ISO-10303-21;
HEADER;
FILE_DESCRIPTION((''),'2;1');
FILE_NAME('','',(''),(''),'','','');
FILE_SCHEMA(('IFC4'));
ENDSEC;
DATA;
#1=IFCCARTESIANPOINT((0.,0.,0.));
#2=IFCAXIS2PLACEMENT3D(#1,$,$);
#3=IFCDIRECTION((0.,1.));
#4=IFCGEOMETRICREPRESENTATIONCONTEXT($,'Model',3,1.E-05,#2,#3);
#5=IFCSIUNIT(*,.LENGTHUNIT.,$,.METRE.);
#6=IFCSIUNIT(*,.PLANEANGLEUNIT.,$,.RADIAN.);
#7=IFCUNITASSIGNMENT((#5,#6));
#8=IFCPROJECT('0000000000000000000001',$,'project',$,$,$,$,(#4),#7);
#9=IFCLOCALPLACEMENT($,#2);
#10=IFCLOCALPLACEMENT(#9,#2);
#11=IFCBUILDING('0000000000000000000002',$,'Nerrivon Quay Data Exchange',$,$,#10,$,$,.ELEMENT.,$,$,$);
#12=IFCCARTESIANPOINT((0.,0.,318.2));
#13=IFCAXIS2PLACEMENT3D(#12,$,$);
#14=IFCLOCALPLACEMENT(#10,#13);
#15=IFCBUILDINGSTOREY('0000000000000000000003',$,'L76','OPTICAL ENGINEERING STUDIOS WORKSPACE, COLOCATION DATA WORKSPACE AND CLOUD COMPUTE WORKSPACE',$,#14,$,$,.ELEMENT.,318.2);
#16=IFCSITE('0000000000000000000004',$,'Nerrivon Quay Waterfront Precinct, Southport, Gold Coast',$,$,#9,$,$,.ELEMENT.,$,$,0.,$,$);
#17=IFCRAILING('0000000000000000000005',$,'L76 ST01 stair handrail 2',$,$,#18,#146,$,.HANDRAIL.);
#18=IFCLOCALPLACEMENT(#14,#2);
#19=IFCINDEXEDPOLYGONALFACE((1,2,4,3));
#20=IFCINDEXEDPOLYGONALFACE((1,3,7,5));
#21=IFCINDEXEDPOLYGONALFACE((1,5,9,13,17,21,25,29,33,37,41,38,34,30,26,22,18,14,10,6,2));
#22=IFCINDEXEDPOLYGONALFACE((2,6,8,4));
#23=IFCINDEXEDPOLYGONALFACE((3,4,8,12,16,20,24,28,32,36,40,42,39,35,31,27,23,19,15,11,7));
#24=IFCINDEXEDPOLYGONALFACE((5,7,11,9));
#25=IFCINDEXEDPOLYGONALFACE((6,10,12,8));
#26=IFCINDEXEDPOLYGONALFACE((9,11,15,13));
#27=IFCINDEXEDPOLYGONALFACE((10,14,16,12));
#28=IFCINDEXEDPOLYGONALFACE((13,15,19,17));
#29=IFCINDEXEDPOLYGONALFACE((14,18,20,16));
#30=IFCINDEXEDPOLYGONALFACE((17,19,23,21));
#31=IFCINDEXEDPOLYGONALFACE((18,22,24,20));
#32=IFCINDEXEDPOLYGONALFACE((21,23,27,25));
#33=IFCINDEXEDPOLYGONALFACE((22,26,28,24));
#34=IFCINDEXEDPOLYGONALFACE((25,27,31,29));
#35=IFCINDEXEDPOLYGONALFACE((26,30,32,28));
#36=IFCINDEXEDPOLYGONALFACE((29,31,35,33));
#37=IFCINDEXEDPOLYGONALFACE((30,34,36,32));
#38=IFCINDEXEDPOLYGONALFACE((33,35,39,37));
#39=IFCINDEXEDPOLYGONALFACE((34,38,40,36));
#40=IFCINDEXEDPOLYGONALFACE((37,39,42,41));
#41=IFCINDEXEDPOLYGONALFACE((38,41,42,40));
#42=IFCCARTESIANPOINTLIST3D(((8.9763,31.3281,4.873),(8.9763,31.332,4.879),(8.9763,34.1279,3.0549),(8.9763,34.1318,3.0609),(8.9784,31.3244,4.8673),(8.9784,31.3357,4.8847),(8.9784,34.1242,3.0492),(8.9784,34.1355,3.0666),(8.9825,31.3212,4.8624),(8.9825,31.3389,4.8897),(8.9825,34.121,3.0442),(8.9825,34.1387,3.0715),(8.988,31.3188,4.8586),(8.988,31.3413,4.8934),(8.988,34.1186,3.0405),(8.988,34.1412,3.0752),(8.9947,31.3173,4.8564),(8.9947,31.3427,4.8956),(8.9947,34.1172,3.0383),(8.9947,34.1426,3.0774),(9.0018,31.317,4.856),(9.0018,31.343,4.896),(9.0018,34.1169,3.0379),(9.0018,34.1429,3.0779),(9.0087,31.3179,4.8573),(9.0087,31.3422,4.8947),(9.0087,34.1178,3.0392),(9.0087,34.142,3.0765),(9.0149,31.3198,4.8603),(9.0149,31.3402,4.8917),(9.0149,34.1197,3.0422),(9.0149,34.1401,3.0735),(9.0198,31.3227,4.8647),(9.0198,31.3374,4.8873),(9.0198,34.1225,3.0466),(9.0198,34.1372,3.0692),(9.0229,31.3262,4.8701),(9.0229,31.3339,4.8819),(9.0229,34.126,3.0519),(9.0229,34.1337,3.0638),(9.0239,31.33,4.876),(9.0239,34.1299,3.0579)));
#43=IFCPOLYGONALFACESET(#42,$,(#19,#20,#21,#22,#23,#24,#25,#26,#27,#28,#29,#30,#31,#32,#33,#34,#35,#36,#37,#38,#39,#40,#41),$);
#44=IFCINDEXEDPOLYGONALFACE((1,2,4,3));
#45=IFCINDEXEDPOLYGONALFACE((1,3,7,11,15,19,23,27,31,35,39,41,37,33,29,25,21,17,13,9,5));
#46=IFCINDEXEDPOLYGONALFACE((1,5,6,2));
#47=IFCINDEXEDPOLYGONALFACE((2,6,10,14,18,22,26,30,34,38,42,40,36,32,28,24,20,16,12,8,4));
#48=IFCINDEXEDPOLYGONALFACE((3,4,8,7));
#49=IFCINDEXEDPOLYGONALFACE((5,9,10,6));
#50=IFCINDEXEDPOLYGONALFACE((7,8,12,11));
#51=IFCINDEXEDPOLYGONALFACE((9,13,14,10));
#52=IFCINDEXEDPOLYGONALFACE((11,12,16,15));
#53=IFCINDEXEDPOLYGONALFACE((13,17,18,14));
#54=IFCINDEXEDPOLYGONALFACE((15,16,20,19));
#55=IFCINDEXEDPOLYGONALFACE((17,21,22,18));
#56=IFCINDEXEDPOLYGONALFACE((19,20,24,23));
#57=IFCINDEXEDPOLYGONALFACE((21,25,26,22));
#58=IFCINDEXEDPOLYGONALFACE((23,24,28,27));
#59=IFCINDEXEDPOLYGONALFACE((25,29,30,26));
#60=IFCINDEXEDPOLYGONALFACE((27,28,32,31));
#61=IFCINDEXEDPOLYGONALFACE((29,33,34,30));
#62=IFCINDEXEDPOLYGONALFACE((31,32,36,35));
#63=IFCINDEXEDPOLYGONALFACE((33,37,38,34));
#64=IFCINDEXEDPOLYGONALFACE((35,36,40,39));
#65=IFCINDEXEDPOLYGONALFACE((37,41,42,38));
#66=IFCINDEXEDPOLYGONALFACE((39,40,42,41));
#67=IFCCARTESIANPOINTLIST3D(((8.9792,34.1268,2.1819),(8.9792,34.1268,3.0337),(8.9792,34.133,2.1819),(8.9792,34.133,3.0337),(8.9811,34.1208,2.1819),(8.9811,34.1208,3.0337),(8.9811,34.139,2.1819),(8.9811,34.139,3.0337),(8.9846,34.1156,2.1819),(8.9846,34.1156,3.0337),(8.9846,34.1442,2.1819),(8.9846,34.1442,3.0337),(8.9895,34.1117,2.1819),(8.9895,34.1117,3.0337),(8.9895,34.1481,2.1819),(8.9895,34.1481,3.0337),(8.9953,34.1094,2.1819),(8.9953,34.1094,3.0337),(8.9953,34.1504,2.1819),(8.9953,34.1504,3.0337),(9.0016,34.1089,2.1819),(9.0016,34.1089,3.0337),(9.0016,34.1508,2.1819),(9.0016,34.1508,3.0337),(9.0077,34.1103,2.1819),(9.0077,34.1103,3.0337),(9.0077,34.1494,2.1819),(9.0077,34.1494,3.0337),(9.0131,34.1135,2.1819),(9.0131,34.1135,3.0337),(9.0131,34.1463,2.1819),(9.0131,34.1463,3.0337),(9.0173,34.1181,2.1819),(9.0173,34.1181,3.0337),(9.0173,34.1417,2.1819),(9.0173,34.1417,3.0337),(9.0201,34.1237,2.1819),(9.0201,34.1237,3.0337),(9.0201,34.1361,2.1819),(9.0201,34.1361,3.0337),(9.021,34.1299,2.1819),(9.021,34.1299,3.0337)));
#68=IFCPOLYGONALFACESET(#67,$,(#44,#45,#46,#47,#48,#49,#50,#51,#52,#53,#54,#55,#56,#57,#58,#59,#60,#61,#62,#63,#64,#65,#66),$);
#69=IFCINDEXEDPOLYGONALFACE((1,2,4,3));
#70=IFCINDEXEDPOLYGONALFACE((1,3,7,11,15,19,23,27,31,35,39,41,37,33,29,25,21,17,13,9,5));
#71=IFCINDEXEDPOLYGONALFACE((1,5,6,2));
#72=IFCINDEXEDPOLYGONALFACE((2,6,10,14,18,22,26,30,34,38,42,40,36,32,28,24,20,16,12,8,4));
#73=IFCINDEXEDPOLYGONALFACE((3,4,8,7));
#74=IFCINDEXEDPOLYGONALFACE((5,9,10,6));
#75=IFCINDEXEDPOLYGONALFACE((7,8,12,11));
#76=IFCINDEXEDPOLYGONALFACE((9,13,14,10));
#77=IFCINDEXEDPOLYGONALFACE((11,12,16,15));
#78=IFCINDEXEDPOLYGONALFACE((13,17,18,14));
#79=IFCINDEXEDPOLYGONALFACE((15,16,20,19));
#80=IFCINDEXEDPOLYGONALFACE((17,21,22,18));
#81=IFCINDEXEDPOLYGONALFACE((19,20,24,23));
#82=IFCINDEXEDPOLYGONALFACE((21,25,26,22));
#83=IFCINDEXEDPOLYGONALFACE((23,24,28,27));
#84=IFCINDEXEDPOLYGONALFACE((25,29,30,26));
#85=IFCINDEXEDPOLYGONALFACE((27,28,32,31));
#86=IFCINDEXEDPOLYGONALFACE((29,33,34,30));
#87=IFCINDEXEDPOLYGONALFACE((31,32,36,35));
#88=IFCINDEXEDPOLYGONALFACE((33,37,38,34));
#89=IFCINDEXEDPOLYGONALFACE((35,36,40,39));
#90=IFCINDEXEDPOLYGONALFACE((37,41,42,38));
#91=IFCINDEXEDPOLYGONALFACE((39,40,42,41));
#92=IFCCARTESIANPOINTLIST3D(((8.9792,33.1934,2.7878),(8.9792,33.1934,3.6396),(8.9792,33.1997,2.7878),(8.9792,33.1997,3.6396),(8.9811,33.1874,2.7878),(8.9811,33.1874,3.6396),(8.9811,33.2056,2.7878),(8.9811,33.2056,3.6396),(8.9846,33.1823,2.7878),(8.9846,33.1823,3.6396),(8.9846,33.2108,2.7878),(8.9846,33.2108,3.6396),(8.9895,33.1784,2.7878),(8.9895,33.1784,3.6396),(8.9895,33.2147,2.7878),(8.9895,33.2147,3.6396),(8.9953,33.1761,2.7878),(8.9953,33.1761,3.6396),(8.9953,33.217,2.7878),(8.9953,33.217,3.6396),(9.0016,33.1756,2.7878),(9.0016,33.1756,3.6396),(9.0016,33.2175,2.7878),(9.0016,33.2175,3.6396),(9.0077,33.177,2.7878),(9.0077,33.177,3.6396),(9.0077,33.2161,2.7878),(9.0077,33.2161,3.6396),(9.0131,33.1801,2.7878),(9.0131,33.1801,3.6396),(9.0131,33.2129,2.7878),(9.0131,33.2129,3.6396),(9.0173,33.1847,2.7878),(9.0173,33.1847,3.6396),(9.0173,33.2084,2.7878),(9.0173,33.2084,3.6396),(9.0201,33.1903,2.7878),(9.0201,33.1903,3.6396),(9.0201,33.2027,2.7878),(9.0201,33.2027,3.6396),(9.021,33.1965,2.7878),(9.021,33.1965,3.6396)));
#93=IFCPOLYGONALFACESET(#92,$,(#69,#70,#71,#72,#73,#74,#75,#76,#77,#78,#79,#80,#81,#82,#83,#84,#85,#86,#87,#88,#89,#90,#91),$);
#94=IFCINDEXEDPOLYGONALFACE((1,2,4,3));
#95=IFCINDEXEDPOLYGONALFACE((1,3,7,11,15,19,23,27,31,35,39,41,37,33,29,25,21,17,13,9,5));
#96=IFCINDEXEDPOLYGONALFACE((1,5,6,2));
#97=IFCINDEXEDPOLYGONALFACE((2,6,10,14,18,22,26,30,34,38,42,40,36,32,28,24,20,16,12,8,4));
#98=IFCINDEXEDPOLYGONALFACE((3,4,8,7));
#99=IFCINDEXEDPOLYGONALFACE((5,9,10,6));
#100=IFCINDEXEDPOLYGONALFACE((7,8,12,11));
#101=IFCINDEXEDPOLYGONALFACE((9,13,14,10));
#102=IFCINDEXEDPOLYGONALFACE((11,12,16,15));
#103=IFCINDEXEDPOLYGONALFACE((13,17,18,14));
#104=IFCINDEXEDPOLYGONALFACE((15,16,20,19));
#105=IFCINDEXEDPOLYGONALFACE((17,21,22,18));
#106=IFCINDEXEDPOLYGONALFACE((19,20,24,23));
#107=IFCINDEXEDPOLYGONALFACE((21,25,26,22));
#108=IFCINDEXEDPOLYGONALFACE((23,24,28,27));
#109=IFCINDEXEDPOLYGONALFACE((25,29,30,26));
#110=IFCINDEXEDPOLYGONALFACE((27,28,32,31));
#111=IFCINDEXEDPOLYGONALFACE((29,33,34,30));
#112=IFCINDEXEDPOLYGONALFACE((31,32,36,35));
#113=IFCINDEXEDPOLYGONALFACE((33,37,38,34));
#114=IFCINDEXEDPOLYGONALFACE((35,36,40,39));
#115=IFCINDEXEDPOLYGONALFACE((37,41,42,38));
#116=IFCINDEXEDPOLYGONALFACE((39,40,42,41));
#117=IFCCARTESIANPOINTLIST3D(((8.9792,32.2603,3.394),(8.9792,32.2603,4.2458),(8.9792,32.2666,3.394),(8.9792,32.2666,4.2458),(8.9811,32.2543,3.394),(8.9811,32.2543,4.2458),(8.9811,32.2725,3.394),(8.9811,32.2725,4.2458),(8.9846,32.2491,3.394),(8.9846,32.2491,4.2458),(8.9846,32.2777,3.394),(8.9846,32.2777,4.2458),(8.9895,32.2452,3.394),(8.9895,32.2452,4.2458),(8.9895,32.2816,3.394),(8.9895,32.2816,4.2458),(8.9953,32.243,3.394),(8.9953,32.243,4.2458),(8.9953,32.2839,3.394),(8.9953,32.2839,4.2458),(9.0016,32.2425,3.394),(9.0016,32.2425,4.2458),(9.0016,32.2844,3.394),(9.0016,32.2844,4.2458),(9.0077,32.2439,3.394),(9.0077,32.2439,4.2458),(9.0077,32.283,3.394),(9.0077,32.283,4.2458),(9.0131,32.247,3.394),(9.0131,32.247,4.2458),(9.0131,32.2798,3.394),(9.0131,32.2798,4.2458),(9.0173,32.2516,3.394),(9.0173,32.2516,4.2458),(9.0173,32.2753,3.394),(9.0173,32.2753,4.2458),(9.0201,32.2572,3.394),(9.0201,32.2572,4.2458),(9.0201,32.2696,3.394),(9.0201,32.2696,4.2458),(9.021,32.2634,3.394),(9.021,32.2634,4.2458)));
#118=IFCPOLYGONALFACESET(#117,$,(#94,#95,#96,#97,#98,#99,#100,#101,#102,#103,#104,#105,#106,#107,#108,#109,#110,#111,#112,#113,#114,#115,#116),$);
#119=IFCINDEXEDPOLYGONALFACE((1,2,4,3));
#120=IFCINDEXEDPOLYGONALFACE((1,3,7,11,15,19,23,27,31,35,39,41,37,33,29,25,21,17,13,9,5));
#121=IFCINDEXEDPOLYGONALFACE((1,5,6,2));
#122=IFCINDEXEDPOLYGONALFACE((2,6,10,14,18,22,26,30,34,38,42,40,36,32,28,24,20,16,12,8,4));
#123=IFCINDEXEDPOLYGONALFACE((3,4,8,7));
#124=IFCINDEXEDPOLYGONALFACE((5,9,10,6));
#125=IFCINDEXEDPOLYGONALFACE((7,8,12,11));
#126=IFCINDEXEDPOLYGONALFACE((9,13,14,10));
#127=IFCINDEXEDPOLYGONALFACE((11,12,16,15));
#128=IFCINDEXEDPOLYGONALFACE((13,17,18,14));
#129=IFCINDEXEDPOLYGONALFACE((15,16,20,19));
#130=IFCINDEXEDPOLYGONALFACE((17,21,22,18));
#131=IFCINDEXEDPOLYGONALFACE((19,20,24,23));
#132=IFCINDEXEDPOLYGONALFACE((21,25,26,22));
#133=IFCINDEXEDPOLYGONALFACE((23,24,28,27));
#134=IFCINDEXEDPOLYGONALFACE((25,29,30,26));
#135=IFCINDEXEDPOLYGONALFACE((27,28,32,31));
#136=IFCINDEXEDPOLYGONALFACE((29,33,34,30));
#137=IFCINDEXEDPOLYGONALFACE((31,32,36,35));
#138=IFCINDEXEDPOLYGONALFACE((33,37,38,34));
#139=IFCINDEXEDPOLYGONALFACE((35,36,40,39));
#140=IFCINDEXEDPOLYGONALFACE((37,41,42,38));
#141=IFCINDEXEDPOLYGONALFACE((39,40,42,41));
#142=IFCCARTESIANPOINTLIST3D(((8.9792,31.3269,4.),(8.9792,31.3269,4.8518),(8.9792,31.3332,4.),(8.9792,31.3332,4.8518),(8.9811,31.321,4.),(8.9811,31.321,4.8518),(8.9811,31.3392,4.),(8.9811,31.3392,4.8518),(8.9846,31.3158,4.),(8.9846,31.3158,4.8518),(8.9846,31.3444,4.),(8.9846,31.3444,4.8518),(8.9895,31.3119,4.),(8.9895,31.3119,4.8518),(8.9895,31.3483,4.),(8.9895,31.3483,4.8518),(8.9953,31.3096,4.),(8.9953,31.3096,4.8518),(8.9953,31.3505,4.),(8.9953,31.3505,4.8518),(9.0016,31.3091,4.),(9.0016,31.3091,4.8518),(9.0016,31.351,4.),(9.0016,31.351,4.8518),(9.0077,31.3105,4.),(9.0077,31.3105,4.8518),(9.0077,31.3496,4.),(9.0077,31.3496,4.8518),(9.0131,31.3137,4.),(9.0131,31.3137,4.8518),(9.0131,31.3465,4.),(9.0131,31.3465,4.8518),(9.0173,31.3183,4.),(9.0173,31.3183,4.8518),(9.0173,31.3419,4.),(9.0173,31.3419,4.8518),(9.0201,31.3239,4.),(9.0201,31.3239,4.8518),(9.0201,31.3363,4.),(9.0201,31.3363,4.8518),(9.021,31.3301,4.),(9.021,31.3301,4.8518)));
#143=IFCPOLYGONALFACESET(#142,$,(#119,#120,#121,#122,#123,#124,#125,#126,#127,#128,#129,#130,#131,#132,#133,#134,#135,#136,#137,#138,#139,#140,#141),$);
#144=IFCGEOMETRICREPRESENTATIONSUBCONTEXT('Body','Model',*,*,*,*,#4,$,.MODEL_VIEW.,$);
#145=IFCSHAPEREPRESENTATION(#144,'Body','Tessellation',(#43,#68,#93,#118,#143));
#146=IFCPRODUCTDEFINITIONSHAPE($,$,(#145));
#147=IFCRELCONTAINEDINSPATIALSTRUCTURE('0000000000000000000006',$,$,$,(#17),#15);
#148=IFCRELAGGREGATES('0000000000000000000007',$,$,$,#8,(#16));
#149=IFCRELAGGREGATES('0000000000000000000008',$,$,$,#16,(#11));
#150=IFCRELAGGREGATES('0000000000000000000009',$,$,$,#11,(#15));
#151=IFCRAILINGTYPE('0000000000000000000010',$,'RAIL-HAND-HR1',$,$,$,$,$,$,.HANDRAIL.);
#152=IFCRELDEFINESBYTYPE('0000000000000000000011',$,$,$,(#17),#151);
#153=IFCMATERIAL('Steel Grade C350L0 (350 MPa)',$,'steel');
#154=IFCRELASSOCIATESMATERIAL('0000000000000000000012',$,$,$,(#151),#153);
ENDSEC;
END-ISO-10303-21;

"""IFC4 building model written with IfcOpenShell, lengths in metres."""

from ifc_helpers import new_model, si_unit, direction, frame, origin, origin_2d, place, context, subcontext, project, spatial, circle, extrude, material, type_object, element, save


model = new_model("IFC4")

# Units and contexts
model_context = context("Model", 3, precision=1e-05, world=origin(), true_north=direction((0.0, 1.0)))
body_context = subcontext(model_context, "Body", "Model", "MODEL_VIEW")
ifc_project = project(units=[si_unit("LENGTHUNIT", "METRE"), si_unit("PLANEANGLEUNIT", "RADIAN")], contexts=[model_context])

# Site, building, storey
site_placement = place(None, origin())
site = spatial("IfcSite", under=ifc_project, at=site_placement, Name="Nerrivon Quay Waterfront Precinct, Southport, Gold Coast", CompositionType="ELEMENT", RefElevation=0.0)
building_placement = place(site_placement, origin())
building = spatial("IfcBuilding", under=site, at=building_placement, Name="Nerrivon Quay Data Exchange", CompositionType="ELEMENT")
storey_placement = place(building_placement, frame((0.0, 0.0, 318.2)))
storey = spatial("IfcBuildingStorey", under=building, at=storey_placement, Name="L76", Description="OPTICAL ENGINEERING STUDIOS WORKSPACE, COLOCATION DATA WORKSPACE AND CLOUD COMPUTE WORKSPACE", CompositionType="ELEMENT", Elevation=318.2)

# Shared definitions
ifc_material_1 = material(Name="Steel Grade C350L0 (350 MPa)", Category="steel")

# Railing
railing_type_1 = type_object("IfcRailingType", Name="RAIL-HAND-HR1", PredefinedType="HANDRAIL", material=ifc_material_1)
railing_1_placement = place(storey_placement, frame((9.0, 34.1299, 2.1819)))
element("IfcRailing", 1, at=railing_1_placement, inside=storey, type_object=railing_type_1, Name="L76 ST01 stair handrail 2", PredefinedType="HANDRAIL", context=body_context, shape_type="SweptSolid", body=[
    extrude(circle(Radius=0.0239, at=origin_2d()), frame((0.0, 0.0, 0.876), z_axis=(0.0, -0.838684, 0.544618), x_axis=(1.0, 0.0, 0.0)), (0.0, 0.0, 1.0), 3.3384),
    extrude(circle(Radius=0.021, at=origin_2d()), origin(), (0.0, 0.0, 1.0), 0.8518),
    extrude(circle(Radius=0.021, at=origin_2d()), frame((0.0, -0.9333, 0.606)), (0.0, 0.0, 1.0), 0.8518),
    extrude(circle(Radius=0.021, at=origin_2d()), frame((0.0, -1.8665, 1.2122)), (0.0, 0.0, 1.0), 0.8518),
    extrude(circle(Radius=0.021, at=origin_2d()), frame((0.0, -2.7998, 1.8181)), (0.0, 0.0, 1.0), 0.8518),
])

save(model, "model.ifc")
